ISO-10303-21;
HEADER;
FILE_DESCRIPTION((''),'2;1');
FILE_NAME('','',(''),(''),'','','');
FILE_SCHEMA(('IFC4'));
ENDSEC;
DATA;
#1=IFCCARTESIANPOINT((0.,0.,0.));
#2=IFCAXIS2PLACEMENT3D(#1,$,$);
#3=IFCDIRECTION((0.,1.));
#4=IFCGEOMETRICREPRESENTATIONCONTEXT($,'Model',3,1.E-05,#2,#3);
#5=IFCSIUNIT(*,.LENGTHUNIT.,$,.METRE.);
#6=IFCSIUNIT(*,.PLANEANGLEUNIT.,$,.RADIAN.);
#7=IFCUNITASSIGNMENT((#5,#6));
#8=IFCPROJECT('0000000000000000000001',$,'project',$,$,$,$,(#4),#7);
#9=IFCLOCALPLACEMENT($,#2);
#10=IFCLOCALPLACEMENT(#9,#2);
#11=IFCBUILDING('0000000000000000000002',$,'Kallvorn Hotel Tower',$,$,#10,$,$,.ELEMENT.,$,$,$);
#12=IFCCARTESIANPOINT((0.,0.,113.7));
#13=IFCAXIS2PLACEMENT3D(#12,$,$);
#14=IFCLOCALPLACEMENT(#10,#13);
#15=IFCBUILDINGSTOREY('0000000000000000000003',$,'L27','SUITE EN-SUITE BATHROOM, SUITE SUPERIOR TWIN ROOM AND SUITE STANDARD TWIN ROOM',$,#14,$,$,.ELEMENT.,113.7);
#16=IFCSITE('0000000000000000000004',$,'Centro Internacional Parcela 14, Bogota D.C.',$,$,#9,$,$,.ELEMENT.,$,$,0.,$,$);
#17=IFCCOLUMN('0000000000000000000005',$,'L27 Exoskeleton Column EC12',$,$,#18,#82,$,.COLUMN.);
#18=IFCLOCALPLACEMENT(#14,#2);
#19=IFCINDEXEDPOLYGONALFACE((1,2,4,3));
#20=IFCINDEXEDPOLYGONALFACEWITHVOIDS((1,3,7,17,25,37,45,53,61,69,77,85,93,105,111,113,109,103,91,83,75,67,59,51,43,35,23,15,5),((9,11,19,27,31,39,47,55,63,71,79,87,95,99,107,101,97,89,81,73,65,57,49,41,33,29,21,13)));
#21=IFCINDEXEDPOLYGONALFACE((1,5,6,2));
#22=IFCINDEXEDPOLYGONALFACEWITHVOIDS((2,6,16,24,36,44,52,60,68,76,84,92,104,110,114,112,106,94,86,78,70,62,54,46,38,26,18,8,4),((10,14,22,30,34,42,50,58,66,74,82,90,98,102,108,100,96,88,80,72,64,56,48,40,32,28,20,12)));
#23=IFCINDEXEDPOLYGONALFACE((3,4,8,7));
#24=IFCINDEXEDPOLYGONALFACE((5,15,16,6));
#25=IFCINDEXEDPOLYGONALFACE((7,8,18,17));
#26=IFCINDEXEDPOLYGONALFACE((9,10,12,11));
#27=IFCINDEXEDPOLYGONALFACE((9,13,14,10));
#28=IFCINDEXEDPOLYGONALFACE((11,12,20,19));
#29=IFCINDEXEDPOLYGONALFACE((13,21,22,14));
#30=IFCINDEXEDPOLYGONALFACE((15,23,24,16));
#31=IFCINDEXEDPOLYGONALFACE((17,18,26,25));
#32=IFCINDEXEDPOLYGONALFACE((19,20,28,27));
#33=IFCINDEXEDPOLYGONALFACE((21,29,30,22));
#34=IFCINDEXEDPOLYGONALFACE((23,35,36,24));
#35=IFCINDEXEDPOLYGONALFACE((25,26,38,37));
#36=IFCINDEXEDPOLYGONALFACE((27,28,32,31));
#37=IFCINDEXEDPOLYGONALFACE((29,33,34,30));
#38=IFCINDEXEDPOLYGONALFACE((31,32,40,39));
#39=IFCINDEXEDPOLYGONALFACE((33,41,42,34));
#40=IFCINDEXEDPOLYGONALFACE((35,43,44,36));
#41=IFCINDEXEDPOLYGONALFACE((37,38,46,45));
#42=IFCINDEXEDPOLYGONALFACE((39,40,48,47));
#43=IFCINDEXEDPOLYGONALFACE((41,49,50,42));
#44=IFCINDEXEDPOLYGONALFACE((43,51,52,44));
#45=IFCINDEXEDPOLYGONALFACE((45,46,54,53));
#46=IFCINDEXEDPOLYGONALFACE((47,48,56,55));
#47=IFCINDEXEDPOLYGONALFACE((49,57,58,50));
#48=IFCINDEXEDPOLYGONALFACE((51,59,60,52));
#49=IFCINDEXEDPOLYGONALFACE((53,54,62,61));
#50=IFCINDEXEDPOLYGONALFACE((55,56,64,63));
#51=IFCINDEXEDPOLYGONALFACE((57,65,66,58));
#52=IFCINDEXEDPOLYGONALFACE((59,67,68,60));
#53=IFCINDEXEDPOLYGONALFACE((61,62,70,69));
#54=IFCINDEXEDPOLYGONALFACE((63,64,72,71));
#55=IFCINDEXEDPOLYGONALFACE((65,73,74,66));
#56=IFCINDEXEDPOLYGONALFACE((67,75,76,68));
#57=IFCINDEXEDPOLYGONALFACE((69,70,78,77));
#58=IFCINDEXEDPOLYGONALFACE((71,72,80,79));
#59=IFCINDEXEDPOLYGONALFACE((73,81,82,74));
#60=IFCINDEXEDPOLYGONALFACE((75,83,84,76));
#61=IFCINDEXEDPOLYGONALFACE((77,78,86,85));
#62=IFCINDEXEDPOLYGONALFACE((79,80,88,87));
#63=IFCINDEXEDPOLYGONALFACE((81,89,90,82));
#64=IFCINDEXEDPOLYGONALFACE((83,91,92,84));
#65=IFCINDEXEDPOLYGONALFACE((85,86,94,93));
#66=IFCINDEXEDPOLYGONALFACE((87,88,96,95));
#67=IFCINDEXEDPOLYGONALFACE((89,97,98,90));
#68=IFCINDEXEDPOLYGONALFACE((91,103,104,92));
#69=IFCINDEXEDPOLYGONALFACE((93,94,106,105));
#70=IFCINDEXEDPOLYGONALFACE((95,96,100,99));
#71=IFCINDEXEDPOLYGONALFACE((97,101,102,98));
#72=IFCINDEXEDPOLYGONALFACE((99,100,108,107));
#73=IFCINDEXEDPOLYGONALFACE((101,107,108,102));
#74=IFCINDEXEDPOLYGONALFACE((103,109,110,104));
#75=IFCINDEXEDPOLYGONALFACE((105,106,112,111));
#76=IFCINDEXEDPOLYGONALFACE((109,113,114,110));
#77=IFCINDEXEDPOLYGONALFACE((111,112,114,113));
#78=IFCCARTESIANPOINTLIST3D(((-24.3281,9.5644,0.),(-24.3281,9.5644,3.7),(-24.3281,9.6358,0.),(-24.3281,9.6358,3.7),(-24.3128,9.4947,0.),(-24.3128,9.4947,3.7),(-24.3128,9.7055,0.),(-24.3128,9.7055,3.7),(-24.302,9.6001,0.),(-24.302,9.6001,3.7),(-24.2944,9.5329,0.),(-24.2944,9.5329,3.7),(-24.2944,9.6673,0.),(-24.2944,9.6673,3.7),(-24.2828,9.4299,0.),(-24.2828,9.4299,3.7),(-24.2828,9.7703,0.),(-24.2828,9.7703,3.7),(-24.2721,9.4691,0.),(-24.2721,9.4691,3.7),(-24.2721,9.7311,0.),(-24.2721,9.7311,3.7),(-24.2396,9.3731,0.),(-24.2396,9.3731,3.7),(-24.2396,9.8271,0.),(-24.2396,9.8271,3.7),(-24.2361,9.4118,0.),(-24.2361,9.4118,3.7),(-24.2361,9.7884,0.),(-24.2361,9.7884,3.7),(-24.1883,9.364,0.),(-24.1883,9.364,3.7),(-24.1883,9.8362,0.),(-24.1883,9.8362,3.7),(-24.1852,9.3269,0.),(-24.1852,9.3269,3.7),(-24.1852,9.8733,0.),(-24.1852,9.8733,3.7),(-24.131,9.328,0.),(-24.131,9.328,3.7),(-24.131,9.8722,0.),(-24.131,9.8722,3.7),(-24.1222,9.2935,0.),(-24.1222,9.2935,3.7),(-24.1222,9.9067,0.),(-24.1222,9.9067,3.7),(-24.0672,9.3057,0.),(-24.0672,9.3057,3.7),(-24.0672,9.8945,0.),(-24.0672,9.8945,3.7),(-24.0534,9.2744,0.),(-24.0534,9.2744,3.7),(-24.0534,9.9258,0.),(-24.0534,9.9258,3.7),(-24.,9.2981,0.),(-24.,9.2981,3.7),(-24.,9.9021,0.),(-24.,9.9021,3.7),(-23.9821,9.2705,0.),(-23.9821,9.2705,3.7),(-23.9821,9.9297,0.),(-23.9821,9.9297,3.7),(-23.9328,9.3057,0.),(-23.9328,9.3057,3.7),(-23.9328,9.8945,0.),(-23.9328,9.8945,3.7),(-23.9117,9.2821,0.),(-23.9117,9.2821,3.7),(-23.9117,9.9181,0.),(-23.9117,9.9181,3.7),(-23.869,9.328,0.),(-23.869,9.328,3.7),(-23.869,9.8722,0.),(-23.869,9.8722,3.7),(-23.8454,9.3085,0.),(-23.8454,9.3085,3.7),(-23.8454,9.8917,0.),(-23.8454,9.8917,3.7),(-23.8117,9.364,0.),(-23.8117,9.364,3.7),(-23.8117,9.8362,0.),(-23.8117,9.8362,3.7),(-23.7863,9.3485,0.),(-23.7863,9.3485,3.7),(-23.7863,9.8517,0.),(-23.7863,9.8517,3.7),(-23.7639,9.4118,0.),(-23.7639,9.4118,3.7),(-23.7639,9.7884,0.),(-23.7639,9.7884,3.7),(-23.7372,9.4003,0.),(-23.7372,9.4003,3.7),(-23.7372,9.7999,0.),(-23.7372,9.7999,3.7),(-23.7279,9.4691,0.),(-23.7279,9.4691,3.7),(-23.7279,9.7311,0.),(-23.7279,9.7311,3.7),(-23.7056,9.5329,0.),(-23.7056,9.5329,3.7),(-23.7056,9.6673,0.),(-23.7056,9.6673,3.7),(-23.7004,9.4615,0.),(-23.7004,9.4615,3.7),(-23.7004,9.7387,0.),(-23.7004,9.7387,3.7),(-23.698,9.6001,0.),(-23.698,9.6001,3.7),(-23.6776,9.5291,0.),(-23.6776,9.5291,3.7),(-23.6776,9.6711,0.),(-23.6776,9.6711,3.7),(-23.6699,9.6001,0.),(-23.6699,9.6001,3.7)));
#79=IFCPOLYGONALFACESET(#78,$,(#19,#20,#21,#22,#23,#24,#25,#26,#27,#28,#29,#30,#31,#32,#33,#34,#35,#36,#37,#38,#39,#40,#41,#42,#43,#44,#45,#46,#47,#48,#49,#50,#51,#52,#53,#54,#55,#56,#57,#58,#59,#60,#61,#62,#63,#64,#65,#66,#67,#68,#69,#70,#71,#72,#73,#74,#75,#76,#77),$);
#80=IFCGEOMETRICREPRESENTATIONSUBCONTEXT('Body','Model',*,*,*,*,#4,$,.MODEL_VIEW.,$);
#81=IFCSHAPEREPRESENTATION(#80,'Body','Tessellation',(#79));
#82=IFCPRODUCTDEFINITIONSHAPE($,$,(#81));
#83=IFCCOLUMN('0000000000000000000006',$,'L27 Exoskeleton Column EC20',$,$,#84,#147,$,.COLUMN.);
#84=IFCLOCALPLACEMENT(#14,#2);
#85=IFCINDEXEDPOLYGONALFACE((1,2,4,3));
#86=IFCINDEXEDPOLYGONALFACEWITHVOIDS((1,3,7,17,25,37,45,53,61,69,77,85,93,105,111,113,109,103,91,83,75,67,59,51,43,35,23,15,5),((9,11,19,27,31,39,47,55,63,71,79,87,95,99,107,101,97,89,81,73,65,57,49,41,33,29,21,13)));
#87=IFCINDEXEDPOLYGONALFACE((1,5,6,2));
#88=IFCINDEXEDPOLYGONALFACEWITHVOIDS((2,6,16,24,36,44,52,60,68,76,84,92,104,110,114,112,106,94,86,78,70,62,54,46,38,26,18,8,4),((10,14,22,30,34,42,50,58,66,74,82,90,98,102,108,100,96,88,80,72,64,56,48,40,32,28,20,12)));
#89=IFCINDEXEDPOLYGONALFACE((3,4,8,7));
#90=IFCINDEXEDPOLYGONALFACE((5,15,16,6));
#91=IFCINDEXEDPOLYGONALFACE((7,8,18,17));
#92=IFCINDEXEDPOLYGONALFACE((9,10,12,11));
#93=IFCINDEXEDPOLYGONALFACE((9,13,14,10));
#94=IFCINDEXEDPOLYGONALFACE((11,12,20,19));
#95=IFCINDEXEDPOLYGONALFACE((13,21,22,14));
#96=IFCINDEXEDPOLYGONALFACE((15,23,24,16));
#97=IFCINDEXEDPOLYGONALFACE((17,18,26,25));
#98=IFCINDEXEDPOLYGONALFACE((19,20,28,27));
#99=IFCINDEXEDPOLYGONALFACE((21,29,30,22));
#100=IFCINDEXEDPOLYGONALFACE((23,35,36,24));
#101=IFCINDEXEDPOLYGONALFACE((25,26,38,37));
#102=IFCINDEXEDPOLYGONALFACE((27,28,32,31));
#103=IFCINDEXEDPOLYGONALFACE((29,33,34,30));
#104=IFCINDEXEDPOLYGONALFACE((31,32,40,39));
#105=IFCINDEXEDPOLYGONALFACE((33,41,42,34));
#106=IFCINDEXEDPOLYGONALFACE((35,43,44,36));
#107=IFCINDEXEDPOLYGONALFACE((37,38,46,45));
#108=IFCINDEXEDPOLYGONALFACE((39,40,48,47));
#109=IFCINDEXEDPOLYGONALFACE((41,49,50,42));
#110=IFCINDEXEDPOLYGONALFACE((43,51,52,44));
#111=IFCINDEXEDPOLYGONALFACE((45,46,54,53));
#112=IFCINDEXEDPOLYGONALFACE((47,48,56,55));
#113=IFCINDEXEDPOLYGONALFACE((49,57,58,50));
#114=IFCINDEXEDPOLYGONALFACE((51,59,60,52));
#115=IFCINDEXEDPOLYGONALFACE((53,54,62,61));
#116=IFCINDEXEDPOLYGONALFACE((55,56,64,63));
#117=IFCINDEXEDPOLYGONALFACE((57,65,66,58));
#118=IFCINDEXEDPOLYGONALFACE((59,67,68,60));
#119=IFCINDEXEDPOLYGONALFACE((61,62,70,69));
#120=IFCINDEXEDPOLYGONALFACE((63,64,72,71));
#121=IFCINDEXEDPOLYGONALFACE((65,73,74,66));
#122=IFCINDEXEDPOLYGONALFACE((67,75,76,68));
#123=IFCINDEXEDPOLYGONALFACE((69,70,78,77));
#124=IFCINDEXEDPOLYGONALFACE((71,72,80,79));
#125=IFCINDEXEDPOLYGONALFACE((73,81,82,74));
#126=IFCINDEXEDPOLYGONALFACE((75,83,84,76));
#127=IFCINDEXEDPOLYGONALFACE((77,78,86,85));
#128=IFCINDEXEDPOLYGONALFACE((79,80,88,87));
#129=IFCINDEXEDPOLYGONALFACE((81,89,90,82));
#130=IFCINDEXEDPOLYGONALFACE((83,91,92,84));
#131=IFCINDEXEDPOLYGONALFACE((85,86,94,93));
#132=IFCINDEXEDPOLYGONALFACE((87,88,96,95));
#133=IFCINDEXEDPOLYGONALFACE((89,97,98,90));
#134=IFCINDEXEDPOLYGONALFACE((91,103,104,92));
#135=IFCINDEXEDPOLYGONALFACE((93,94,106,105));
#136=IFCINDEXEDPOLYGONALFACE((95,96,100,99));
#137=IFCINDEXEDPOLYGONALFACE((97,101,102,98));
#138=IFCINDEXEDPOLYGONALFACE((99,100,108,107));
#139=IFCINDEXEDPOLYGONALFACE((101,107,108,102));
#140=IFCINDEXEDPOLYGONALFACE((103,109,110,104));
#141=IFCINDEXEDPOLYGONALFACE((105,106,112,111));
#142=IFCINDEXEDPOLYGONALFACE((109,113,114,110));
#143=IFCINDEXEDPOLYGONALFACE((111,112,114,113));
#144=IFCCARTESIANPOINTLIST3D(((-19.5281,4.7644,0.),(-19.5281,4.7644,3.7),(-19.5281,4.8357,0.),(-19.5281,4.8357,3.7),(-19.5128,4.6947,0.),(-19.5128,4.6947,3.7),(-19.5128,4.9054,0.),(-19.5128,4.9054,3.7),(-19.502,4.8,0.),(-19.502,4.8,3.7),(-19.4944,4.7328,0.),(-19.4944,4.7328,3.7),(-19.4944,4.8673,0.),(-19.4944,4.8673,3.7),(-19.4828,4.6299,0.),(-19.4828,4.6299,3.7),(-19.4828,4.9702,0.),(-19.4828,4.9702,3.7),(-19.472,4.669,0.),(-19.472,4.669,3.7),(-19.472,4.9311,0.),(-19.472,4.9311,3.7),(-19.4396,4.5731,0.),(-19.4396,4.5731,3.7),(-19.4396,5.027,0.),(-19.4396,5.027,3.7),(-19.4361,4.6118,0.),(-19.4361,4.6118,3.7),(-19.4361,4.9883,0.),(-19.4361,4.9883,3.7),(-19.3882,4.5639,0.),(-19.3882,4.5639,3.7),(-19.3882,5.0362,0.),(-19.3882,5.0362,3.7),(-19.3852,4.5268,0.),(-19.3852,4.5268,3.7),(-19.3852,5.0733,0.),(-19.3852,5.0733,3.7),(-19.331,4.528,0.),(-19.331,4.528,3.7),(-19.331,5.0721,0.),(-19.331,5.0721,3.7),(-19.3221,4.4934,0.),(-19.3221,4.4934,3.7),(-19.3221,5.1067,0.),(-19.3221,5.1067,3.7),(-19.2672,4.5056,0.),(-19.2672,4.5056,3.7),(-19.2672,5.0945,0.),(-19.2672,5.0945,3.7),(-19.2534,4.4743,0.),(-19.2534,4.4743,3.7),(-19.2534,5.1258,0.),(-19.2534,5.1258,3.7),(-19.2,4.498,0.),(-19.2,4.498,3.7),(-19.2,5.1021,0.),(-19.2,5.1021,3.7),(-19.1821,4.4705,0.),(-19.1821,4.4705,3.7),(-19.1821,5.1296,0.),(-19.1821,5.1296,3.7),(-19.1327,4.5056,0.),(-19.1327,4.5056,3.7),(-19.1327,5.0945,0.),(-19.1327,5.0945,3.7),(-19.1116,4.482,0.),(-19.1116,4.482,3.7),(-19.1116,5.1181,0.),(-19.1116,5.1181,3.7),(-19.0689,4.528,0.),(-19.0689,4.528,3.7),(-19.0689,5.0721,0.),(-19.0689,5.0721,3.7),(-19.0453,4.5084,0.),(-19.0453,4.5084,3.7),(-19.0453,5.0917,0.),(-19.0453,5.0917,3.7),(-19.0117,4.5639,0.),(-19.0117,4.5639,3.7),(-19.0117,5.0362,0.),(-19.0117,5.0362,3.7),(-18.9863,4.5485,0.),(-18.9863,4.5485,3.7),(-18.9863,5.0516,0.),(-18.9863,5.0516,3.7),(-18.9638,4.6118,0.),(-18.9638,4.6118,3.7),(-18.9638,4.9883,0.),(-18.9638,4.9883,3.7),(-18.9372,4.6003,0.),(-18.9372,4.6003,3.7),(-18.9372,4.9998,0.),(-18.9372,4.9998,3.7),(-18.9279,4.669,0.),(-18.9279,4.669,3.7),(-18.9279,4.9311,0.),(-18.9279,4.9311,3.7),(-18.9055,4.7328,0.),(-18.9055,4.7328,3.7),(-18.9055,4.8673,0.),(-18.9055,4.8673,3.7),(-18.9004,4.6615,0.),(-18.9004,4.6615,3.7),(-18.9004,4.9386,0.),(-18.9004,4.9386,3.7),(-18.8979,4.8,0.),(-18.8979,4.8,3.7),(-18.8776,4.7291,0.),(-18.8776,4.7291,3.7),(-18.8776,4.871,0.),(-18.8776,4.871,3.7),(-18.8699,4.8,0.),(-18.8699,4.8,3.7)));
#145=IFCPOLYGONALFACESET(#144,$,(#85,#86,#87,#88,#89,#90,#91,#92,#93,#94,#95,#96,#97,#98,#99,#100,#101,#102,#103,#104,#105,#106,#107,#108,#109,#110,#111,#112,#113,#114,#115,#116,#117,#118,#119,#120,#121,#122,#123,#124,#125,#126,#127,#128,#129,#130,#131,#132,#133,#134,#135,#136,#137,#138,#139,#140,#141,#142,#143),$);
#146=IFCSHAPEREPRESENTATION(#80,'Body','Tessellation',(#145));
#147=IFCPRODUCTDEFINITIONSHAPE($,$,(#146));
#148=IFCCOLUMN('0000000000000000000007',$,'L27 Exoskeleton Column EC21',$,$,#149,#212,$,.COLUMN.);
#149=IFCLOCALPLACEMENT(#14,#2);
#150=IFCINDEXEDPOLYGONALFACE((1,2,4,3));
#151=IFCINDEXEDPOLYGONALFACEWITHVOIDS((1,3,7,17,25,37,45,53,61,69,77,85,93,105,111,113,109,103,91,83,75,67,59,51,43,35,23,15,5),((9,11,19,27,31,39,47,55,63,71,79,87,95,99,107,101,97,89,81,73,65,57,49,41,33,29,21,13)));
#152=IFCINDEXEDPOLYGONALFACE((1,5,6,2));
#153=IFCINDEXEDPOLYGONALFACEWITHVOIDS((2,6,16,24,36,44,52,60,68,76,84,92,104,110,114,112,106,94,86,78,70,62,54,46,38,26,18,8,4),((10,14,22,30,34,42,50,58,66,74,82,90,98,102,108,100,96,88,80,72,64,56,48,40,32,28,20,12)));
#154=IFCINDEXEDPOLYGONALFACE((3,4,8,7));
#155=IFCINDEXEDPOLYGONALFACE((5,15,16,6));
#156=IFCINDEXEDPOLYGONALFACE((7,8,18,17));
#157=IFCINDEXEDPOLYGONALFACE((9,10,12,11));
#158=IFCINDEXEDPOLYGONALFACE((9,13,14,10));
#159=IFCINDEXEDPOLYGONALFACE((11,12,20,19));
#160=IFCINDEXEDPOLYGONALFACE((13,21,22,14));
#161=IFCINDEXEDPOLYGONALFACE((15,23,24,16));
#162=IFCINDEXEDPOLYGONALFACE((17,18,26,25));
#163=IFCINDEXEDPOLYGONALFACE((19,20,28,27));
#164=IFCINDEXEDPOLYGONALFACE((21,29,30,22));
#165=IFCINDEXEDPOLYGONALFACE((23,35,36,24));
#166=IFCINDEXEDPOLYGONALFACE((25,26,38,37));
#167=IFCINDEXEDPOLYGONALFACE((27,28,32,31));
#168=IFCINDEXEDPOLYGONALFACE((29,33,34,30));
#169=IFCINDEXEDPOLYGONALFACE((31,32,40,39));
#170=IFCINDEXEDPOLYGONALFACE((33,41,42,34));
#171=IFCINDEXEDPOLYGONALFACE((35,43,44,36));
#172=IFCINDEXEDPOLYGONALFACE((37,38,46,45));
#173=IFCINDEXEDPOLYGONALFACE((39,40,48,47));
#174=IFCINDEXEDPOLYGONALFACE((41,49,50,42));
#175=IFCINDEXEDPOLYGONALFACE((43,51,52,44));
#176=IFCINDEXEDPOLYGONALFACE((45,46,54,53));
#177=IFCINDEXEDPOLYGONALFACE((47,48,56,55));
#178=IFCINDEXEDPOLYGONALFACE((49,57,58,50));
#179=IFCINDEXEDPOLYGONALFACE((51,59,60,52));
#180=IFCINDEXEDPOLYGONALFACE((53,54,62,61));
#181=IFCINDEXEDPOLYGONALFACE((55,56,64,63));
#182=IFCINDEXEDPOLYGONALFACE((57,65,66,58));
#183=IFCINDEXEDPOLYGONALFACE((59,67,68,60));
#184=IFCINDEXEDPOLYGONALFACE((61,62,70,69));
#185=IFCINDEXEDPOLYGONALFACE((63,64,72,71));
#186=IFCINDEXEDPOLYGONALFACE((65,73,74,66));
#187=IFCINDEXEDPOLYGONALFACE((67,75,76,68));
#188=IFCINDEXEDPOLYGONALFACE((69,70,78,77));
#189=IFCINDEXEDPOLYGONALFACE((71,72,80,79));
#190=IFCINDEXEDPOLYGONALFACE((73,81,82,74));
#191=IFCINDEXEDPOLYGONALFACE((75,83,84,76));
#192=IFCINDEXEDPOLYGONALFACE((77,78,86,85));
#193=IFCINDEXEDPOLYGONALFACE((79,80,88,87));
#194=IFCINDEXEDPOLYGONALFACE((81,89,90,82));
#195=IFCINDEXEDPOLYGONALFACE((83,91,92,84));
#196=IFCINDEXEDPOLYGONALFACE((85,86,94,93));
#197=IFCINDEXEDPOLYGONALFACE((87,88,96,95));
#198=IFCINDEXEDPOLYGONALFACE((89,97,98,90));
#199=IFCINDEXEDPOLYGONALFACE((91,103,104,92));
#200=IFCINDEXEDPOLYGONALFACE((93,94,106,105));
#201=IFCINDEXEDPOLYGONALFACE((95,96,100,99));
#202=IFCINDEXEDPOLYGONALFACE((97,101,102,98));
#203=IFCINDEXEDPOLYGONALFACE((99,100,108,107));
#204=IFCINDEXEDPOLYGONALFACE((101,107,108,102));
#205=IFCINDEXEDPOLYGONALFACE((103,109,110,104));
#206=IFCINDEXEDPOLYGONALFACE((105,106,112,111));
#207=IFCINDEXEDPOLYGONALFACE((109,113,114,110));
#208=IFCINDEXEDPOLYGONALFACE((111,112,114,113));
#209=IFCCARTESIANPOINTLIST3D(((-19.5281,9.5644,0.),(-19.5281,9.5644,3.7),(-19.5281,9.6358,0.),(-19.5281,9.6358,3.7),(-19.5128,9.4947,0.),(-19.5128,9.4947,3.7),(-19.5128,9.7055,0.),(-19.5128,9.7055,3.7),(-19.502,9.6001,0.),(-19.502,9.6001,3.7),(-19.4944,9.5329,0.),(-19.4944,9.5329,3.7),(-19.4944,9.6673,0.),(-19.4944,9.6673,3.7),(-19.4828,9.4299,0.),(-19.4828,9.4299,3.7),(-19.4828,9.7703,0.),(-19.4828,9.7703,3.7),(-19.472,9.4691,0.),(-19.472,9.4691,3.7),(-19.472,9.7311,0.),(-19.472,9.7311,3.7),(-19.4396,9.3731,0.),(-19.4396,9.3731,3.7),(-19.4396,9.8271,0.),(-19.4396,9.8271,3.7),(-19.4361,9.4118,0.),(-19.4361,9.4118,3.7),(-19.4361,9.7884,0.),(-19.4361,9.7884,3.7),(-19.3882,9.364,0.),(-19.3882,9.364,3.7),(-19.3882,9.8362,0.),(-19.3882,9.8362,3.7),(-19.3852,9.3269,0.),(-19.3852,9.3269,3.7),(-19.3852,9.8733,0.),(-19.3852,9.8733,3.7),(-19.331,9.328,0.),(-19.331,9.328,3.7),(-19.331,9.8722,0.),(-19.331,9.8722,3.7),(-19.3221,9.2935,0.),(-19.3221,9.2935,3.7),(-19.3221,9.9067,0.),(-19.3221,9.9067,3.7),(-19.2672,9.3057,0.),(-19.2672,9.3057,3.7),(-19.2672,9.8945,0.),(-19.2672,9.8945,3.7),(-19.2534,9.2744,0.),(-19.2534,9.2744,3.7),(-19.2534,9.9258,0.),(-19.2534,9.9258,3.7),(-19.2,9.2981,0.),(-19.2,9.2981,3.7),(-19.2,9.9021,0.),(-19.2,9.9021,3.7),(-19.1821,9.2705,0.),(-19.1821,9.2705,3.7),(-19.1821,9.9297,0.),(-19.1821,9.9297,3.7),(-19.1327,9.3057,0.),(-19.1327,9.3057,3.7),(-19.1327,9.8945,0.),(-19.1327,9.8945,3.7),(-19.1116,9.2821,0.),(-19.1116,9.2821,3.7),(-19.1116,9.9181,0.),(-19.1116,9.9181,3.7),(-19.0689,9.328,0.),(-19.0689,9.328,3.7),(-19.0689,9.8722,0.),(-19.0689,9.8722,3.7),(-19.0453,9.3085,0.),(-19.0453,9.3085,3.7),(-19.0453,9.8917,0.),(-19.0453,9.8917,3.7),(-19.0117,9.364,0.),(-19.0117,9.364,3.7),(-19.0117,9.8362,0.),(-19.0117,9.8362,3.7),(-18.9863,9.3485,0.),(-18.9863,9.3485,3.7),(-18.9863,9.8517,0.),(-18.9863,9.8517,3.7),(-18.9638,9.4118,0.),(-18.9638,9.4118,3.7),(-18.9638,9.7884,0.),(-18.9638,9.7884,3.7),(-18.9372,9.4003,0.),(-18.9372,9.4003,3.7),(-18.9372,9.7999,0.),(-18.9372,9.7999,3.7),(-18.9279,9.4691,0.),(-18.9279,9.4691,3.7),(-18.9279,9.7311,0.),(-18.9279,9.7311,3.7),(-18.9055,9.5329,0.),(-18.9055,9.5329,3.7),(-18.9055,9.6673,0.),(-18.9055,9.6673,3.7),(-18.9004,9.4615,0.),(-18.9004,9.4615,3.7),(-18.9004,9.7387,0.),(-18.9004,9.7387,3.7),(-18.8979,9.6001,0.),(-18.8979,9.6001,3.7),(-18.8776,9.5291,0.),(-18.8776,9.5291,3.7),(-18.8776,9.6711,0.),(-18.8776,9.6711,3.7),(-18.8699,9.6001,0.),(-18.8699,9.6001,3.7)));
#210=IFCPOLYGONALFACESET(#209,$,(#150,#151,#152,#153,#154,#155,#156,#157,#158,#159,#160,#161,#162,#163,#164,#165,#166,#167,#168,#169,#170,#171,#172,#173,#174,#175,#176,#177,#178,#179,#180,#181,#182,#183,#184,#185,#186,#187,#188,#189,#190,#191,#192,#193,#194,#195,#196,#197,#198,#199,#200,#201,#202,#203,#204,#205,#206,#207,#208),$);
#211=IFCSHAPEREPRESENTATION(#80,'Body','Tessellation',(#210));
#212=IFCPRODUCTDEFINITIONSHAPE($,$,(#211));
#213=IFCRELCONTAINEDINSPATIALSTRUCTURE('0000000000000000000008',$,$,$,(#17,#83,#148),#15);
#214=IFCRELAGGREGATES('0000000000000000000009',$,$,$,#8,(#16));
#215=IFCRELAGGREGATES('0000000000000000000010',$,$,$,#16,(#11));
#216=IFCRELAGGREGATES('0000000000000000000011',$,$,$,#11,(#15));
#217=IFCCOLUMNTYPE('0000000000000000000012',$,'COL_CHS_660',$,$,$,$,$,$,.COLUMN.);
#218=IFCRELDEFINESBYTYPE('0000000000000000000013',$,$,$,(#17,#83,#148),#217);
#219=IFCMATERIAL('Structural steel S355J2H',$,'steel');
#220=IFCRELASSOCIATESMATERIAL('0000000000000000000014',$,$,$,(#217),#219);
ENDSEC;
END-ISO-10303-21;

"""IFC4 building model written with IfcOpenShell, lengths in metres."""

from ifc_helpers import new_model, si_unit, direction, frame, origin, origin_2d, place, context, subcontext, project, spatial, hollow_circle, extrude, material, material_profile, profile_set, type_object, element, save


model = new_model("IFC4")

# Units and contexts
model_context = context("Model", 3, precision=1e-05, world=origin(), true_north=direction((0.0, 1.0)))
body_context = subcontext(model_context, "Body", "Model", "MODEL_VIEW")
ifc_project = project(units=[si_unit("LENGTHUNIT", "METRE"), si_unit("PLANEANGLEUNIT", "RADIAN")], contexts=[model_context])

# Site, building, storey
site_placement = place(None, origin())
site = spatial("IfcSite", under=ifc_project, at=site_placement, Name="Centro Internacional Parcela 14, Bogota D.C.", CompositionType="ELEMENT", RefElevation=0.0)
building_placement = place(site_placement, origin())
building = spatial("IfcBuilding", under=site, at=building_placement, Name="Kallvorn Hotel Tower", CompositionType="ELEMENT")
storey_placement = place(building_placement, frame((0.0, 0.0, 113.7)))
storey = spatial("IfcBuildingStorey", under=building, at=storey_placement, Name="L27", Description="SUITE EN-SUITE BATHROOM, SUITE SUPERIOR TWIN ROOM AND SUITE STANDARD TWIN ROOM", CompositionType="ELEMENT", Elevation=113.7)

# Columns
ifc_material_1 = material(Name="Structural steel S355J2H", Category="steel")
ifc_material_profile_1 = material_profile(ifc_material_1, hollow_circle(Radius=0.3301, WallThickness=0.0281, at=origin_2d()), Name="CHS 660x28")
ifc_profile_set_1 = profile_set([ifc_material_profile_1], Name="Structural steel S355J2H")
column_type_1 = type_object("IfcColumnType", Name="COL_CHS_660", PredefinedType="COLUMN", material=ifc_profile_set_1)
for number, where, z_axis, x_axis, name in (
    (1, (-24.0, 9.6001, 0.0), (0.0, 0.0, 1.0), (1.0, 0.0, 0.0), "L27 Exoskeleton Column EC12"),
    (2, (-19.2, 4.8, 0.0), (0.0, 0.0, 1.0), (1.0, 0.0, 0.0), "L27 Exoskeleton Column EC20"),
    (3, (-19.2, 9.6001, 0.0), (0.0, 0.0, 1.0), (1.0, 0.0, 0.0), "L27 Exoskeleton Column EC21"),
):
    element("IfcColumn", number, at=place(storey_placement, frame(where, z_axis=z_axis, x_axis=x_axis)), inside=storey, type_object=column_type_1, Name=name, PredefinedType="COLUMN", context=body_context, shape_type="SweptSolid", body=[
        extrude(hollow_circle(Radius=0.3301, WallThickness=0.0281, at=origin_2d()), origin(), (0.0, 0.0, 1.0), 3.7),
    ])

save(model, "model.ifc")
